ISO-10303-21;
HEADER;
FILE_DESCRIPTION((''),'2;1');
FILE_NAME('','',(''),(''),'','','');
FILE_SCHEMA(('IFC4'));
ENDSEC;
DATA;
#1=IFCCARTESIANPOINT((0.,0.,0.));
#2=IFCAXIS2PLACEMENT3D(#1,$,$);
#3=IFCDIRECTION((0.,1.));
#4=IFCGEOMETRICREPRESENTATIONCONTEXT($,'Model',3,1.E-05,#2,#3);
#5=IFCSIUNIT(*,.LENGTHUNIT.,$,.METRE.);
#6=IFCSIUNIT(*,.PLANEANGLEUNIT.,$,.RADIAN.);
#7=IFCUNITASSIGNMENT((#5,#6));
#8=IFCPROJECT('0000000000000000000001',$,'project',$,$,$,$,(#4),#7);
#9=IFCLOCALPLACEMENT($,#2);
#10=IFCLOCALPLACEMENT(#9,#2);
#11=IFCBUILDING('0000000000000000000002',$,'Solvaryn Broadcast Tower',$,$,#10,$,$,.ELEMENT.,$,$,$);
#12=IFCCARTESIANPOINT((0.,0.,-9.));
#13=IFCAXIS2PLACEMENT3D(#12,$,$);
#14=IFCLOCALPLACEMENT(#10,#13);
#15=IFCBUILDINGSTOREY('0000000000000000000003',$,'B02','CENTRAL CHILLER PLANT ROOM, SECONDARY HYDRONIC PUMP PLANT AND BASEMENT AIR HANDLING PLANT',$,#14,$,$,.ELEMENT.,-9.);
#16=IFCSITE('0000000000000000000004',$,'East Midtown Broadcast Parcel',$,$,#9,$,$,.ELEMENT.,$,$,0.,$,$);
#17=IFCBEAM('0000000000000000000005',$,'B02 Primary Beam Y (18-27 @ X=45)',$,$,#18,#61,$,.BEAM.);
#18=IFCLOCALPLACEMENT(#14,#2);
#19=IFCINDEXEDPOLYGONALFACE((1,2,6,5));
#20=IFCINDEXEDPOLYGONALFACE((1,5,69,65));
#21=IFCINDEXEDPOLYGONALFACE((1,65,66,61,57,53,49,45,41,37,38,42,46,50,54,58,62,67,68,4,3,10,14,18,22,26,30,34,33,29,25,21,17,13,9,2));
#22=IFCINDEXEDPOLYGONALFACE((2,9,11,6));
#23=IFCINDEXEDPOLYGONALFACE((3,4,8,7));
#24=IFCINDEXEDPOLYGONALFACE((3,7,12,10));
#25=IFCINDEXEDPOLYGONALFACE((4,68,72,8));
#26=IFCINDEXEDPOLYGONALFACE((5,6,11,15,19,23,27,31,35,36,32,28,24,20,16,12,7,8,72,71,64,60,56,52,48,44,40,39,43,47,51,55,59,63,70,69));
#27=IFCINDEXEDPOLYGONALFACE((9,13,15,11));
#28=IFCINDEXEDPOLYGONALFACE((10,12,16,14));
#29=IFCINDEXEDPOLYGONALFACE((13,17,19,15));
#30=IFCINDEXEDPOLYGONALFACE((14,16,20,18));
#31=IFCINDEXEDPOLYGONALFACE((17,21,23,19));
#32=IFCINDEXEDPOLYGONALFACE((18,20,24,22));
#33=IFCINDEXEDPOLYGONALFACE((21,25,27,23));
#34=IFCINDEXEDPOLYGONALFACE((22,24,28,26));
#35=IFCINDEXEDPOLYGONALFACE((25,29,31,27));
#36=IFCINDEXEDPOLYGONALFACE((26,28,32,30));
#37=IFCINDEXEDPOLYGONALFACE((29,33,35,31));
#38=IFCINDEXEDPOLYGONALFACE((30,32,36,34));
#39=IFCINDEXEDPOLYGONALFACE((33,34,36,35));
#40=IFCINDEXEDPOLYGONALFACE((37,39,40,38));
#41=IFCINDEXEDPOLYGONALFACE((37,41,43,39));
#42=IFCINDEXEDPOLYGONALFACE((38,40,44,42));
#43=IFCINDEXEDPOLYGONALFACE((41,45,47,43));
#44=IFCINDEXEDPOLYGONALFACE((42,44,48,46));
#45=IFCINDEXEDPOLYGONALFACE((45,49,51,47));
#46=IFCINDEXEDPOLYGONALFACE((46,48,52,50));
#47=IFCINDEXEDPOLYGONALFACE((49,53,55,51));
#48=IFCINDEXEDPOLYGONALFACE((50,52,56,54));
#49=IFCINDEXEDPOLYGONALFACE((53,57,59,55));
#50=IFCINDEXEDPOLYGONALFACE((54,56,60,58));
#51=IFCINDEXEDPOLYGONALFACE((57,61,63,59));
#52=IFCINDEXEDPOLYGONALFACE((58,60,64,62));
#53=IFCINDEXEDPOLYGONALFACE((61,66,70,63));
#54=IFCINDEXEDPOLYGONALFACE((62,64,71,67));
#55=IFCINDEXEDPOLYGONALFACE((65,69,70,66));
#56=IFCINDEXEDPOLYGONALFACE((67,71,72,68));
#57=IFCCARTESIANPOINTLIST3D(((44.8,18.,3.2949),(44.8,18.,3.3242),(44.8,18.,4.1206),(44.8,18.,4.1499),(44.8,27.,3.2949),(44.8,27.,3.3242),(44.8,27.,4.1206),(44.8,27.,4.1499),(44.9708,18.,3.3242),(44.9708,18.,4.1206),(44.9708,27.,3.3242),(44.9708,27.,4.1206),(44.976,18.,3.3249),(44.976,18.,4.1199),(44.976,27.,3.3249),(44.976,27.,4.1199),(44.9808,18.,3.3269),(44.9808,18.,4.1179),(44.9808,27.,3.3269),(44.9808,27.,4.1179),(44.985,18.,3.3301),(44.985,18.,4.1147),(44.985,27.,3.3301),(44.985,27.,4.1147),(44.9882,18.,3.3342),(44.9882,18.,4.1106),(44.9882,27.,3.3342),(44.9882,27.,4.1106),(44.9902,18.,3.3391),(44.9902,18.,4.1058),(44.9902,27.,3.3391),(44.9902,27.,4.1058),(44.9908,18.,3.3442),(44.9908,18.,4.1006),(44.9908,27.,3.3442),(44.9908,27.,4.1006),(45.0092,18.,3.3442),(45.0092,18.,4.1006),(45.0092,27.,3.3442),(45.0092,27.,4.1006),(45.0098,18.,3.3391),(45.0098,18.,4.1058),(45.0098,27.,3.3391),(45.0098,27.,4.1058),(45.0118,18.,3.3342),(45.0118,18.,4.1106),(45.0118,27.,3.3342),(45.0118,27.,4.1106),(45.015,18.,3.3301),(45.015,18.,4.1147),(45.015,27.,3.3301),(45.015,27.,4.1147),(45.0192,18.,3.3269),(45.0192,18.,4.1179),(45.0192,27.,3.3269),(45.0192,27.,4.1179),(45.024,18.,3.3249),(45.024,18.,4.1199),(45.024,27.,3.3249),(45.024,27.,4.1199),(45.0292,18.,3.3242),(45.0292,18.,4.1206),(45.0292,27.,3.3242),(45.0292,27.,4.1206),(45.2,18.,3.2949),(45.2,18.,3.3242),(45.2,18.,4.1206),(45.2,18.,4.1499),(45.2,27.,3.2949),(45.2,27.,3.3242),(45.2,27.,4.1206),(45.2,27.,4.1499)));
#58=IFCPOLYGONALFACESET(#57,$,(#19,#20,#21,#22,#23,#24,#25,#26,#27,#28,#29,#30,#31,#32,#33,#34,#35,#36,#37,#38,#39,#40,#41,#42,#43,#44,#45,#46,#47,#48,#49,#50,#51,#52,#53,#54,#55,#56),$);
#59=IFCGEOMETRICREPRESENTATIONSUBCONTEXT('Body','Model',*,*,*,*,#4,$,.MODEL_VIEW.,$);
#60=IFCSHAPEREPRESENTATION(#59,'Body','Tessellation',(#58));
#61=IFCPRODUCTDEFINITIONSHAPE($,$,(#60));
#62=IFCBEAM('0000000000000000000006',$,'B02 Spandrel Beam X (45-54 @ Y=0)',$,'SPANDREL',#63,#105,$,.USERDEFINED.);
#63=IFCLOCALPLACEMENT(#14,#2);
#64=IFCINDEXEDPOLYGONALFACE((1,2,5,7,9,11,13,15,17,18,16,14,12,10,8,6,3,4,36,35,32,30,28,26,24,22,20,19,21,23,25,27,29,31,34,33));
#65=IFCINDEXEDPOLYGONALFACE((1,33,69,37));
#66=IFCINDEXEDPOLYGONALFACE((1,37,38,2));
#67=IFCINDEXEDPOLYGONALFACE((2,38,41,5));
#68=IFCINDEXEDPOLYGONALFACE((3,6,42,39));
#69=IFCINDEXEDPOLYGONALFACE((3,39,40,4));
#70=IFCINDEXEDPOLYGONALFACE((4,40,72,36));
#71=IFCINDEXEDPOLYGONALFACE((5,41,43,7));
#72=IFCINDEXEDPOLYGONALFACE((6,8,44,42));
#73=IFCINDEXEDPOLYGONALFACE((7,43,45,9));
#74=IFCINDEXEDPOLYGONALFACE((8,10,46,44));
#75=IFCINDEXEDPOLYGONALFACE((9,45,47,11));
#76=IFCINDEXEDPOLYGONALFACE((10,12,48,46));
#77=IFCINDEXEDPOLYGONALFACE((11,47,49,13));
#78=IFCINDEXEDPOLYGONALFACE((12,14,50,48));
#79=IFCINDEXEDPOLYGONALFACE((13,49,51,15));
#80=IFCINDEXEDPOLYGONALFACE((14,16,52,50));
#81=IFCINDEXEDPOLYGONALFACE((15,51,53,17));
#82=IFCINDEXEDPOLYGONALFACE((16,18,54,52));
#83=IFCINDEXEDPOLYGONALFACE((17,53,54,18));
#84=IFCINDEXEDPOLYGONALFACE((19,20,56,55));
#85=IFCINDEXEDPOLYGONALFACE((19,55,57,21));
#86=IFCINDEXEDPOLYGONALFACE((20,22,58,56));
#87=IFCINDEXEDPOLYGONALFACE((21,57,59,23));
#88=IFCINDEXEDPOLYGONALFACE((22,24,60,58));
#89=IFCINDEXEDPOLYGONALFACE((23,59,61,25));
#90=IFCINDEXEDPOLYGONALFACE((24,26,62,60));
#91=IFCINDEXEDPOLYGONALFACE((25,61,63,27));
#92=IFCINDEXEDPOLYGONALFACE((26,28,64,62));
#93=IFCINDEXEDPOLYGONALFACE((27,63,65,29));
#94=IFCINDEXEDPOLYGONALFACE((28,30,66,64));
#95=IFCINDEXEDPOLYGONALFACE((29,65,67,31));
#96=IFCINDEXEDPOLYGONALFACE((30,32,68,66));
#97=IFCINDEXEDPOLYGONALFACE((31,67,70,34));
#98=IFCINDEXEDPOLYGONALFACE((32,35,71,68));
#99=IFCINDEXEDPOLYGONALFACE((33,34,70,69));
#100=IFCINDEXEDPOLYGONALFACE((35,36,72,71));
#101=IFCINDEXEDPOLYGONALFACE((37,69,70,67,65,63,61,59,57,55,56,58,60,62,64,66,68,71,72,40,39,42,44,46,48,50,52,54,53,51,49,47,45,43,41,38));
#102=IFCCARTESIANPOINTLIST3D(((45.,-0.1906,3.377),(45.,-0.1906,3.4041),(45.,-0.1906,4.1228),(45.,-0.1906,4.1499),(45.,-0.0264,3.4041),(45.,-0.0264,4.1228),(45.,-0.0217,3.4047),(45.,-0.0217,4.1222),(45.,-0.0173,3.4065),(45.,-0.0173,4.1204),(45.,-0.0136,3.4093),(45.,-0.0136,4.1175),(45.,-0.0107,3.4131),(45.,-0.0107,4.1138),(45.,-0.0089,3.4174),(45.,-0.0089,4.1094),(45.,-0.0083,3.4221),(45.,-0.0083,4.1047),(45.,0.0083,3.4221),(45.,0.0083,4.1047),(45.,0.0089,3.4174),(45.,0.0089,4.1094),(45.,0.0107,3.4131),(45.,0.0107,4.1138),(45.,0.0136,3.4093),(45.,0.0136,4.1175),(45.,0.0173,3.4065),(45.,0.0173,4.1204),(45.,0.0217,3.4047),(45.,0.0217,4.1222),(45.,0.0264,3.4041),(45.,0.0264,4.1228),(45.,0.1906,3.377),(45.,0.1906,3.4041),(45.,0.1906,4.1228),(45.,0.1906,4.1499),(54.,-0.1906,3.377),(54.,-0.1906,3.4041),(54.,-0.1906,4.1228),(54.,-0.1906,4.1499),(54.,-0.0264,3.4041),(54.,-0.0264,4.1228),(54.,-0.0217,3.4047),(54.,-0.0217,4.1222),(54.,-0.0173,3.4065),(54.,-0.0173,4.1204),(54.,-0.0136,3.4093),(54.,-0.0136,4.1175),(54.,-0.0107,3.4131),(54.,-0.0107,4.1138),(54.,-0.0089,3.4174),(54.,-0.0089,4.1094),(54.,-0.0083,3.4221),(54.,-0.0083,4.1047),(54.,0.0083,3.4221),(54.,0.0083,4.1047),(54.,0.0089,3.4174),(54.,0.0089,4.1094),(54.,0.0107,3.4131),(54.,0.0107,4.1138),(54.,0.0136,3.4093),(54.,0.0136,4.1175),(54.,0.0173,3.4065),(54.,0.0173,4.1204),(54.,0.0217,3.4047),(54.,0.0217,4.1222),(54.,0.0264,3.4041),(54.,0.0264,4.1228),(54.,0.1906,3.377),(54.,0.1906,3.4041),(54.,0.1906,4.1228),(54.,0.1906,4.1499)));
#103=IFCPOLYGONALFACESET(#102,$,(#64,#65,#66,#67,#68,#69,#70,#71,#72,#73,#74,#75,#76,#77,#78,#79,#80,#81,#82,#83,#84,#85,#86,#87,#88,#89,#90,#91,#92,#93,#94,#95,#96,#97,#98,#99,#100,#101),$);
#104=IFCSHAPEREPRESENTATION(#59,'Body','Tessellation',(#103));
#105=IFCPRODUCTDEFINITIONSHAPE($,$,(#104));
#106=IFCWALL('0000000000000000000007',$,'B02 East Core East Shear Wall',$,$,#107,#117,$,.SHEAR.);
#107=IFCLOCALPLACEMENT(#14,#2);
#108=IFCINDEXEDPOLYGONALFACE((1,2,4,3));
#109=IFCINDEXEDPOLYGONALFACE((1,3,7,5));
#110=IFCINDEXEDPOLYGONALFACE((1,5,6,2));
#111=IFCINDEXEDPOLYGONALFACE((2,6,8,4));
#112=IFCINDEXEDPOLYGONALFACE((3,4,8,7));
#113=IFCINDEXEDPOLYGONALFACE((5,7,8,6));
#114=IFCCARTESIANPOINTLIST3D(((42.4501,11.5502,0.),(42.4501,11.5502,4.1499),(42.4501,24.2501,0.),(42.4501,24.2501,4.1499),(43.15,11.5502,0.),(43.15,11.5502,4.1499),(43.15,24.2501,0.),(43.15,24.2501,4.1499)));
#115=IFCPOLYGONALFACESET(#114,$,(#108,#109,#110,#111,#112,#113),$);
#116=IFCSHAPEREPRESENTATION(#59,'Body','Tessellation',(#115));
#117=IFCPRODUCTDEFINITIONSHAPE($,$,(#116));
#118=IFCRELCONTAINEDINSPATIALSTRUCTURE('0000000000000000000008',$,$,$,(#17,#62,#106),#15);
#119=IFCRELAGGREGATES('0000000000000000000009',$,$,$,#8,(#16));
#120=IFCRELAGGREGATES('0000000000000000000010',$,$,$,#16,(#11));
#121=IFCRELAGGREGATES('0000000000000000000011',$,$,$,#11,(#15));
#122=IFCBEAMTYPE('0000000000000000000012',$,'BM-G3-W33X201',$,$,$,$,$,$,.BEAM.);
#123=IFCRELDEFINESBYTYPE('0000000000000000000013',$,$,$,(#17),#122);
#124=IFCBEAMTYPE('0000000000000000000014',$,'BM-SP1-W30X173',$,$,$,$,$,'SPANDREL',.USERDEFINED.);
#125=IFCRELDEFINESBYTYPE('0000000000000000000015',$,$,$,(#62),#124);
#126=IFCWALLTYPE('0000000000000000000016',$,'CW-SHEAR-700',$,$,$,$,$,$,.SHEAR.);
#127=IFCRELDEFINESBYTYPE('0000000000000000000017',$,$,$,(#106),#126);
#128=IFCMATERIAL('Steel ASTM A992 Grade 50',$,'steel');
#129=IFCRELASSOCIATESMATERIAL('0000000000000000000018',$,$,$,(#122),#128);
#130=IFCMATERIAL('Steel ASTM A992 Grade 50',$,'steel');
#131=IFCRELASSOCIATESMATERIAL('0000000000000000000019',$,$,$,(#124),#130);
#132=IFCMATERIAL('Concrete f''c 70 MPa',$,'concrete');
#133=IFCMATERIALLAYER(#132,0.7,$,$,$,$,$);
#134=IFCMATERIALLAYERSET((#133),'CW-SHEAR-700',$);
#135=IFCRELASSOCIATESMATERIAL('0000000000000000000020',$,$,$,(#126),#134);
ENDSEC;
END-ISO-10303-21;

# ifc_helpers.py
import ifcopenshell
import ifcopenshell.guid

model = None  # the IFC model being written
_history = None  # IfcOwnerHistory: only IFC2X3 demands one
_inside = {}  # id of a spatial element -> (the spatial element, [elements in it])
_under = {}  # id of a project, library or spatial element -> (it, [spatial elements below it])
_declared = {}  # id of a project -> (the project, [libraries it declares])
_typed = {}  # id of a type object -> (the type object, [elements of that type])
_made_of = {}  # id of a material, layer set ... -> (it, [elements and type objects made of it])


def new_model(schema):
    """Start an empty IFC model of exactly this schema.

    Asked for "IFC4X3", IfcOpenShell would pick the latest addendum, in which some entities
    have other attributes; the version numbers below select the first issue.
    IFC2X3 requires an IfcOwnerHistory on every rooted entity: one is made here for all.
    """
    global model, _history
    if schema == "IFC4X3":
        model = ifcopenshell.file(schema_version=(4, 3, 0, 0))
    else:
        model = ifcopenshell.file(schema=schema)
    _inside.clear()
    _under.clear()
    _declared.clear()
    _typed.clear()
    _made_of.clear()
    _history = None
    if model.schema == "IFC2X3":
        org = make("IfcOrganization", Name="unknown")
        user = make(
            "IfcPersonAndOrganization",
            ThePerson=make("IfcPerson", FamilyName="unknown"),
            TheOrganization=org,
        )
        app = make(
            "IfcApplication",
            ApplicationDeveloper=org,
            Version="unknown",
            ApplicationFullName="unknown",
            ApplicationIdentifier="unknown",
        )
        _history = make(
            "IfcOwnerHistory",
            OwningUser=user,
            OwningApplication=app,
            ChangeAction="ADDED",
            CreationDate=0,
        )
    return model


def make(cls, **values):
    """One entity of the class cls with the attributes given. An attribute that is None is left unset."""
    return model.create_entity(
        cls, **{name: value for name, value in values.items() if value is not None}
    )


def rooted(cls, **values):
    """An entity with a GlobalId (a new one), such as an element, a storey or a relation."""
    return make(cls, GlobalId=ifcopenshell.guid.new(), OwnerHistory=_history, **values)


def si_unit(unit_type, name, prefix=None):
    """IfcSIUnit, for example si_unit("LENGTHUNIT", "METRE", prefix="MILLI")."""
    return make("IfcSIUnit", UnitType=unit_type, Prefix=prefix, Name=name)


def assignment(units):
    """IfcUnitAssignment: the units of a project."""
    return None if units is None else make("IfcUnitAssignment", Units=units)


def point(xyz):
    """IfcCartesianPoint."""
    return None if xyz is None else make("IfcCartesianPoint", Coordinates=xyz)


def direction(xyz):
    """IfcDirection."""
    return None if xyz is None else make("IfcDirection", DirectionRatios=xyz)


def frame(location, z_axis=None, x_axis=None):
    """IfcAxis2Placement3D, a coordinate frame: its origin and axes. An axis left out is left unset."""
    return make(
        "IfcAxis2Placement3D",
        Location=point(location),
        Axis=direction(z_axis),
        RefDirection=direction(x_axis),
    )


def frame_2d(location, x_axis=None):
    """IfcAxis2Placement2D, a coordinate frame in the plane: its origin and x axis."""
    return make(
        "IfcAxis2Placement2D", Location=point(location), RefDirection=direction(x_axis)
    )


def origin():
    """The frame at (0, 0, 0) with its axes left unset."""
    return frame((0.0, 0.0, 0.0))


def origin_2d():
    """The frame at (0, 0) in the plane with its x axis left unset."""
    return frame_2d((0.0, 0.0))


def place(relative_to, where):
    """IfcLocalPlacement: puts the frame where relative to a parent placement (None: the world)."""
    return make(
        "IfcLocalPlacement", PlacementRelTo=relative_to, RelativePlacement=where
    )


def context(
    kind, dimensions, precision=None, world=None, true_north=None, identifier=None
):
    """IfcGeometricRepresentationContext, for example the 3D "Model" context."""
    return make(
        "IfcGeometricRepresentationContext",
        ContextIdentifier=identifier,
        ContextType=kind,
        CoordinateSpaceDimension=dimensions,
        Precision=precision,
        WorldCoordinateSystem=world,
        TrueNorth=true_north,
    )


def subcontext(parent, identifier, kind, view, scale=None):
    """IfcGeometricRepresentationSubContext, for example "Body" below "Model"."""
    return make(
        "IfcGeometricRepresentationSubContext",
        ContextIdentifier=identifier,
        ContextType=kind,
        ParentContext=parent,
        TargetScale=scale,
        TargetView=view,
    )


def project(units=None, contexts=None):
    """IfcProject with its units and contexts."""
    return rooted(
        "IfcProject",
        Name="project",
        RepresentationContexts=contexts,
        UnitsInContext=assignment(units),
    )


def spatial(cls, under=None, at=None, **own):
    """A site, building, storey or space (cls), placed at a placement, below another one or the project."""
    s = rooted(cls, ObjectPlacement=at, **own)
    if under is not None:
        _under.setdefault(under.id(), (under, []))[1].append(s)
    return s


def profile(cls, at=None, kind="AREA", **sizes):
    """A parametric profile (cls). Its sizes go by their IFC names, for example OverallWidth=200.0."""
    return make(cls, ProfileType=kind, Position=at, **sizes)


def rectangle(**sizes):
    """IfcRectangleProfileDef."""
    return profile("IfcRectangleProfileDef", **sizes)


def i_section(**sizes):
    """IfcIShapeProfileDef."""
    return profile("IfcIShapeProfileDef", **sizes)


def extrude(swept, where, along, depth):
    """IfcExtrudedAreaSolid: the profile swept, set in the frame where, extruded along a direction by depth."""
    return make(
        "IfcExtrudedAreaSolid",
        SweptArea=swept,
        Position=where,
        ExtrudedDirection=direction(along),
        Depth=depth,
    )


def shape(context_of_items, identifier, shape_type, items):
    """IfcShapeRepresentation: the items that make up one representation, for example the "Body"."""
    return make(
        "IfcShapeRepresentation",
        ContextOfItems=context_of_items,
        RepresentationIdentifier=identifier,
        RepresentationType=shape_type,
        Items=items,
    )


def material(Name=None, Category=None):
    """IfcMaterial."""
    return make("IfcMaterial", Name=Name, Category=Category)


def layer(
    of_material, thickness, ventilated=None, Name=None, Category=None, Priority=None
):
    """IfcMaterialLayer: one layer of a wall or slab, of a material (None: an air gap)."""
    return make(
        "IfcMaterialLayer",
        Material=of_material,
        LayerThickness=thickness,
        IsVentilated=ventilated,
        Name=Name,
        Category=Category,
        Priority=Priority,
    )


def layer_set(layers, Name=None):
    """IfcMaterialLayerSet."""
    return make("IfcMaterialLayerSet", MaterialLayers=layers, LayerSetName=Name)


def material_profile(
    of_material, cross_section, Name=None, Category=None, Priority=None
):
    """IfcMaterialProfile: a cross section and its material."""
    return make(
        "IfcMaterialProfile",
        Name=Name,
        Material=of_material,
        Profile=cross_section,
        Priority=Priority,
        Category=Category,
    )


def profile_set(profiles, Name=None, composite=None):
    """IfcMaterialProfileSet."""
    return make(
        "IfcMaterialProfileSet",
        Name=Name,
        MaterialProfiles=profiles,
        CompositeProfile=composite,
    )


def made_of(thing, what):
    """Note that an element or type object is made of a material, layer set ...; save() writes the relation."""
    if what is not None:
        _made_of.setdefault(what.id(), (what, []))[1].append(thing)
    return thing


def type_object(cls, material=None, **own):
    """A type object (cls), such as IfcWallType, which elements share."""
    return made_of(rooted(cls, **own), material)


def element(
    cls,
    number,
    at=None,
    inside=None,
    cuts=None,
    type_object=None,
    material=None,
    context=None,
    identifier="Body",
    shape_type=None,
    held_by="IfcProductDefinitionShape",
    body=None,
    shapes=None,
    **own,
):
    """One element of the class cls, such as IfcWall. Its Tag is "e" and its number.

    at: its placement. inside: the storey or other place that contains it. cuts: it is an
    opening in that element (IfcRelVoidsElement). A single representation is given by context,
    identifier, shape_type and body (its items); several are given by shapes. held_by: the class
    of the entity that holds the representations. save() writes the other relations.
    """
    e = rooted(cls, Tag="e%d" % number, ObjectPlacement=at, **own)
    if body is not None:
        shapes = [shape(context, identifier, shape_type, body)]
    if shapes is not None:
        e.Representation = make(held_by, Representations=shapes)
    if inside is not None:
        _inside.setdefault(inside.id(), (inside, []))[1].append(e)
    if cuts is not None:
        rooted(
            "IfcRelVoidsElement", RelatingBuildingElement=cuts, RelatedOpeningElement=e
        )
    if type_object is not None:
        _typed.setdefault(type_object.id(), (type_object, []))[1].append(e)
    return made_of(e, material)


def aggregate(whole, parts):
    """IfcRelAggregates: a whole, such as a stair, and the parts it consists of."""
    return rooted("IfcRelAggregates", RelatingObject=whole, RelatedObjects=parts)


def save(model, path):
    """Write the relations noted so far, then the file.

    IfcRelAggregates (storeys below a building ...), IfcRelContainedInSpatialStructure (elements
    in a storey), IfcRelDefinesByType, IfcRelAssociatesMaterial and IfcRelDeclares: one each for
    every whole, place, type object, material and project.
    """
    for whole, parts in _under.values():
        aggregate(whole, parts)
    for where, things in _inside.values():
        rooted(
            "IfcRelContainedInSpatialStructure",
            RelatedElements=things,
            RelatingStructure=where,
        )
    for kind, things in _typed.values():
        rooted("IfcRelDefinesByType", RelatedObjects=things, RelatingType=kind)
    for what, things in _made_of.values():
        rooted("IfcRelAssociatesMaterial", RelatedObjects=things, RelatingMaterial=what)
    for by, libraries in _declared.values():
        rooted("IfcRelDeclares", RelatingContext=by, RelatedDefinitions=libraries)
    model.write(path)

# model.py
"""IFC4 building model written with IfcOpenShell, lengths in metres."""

from ifc_helpers import new_model, si_unit, direction, frame, frame_2d, origin, origin_2d, place, context, subcontext, project, spatial, rectangle, i_section, extrude, material, layer, layer_set, material_profile, profile_set, type_object, element, save


model = new_model("IFC4")

# Units and contexts
model_context = context("Model", 3, precision=1e-05, world=origin(), true_north=direction((0.0, 1.0)))
body_context = subcontext(model_context, "Body", "Model", "MODEL_VIEW")
ifc_project = project(units=[si_unit("LENGTHUNIT", "METRE"), si_unit("PLANEANGLEUNIT", "RADIAN")], contexts=[model_context])

# Site, building, storey
site_placement = place(None, origin())
site = spatial("IfcSite", under=ifc_project, at=site_placement, Name="East Midtown Broadcast Parcel", CompositionType="ELEMENT", RefElevation=0.0)
building_placement = place(site_placement, origin())
building = spatial("IfcBuilding", under=site, at=building_placement, Name="Solvaryn Broadcast Tower", CompositionType="ELEMENT")
storey_placement = place(building_placement, frame((0.0, 0.0, -9.0)))
storey = spatial("IfcBuildingStorey", under=building, at=storey_placement, Name="B02", Description="CENTRAL CHILLER PLANT ROOM, SECONDARY HYDRONIC PUMP PLANT AND BASEMENT AIR HANDLING PLANT", CompositionType="ELEMENT", Elevation=-9.0)

# Beams
ifc_material_1 = material(Name="Steel ASTM A992 Grade 50", Category="steel")
ifc_material_profile_1 = material_profile(ifc_material_1, i_section(OverallWidth=0.3999, OverallDepth=0.855, WebThickness=0.0183, FlangeThickness=0.0293, FilletRadius=0.02, at=origin_2d()))
ifc_profile_set_1 = profile_set([ifc_material_profile_1], Name="Steel ASTM A992 Grade 50")
beam_type_1 = type_object("IfcBeamType", Name="BM-G3-W33X201", PredefinedType="BEAM", material=ifc_profile_set_1)
for number, where, z_axis, x_axis, name in (
    (1, (45.0, 18.0, 3.7224), (0.0, 1.0, 0.0), (-1.0, 0.0, 0.0), "B02 Primary Beam Y (18-27 @ X=45)"),
):
    element("IfcBeam", number, at=place(storey_placement, frame(where, z_axis=z_axis, x_axis=x_axis)), inside=storey, type_object=beam_type_1, Name=name, PredefinedType="BEAM", context=body_context, shape_type="SweptSolid", body=[
        extrude(i_section(OverallWidth=0.3999, OverallDepth=0.855, WebThickness=0.0183, FlangeThickness=0.0293, FilletRadius=0.02, at=origin_2d()), origin(), (0.0, 0.0, 1.0), 9.0),
    ])
ifc_material_2 = material(Name="Steel ASTM A992 Grade 50", Category="steel")
ifc_material_profile_2 = material_profile(ifc_material_2, i_section(OverallWidth=0.3811, OverallDepth=0.7729, WebThickness=0.0166, FlangeThickness=0.0271, FilletRadius=0.0181, at=origin_2d()))
ifc_profile_set_2 = profile_set([ifc_material_profile_2], Name="Steel ASTM A992 Grade 50")
beam_type_2 = type_object("IfcBeamType", Name="BM-SP1-W30X173", ElementType="SPANDREL", PredefinedType="USERDEFINED", material=ifc_profile_set_2)
beam_1_placement = place(storey_placement, frame((45.0, 0.0, 3.7634), z_axis=(1.0, 0.0, 0.0), x_axis=(0.0, 1.0, 0.0)))
element("IfcBeam", 2, at=beam_1_placement, inside=storey, type_object=beam_type_2, Name="B02 Spandrel Beam X (45-54 @ Y=0)", ObjectType="SPANDREL", PredefinedType="USERDEFINED", context=body_context, shape_type="SweptSolid", body=[
    extrude(i_section(OverallWidth=0.3811, OverallDepth=0.7729, WebThickness=0.0166, FlangeThickness=0.0271, FilletRadius=0.0181, at=origin_2d()), origin(), (0.0, 0.0, 1.0), 9.0),
])

# Wall
ifc_material_3 = material(Name="Concrete f'c 70 MPa", Category="concrete")
ifc_layer_1 = layer(ifc_material_3, 0.7)
ifc_layer_set_1 = layer_set([ifc_layer_1], Name="CW-SHEAR-700")
wall_type_1 = type_object("IfcWallType", Name="CW-SHEAR-700", PredefinedType="SHEAR", material=ifc_layer_set_1)
wall_1_placement = place(storey_placement, frame((42.8, 11.55, 0.0), z_axis=(0.0, 0.0, 1.0), x_axis=(0.0, 1.0, 0.0)))
element("IfcWall", 3, at=wall_1_placement, inside=storey, type_object=wall_type_1, Name="B02 East Core East Shear Wall", PredefinedType="SHEAR", context=body_context, shape_type="SweptSolid", body=[
    extrude(rectangle(XDim=12.7, YDim=0.7, at=frame_2d((6.3501, 0.0))), origin(), (0.0, 0.0, 1.0), 4.1499),
])

save(model, "model.ifc")
